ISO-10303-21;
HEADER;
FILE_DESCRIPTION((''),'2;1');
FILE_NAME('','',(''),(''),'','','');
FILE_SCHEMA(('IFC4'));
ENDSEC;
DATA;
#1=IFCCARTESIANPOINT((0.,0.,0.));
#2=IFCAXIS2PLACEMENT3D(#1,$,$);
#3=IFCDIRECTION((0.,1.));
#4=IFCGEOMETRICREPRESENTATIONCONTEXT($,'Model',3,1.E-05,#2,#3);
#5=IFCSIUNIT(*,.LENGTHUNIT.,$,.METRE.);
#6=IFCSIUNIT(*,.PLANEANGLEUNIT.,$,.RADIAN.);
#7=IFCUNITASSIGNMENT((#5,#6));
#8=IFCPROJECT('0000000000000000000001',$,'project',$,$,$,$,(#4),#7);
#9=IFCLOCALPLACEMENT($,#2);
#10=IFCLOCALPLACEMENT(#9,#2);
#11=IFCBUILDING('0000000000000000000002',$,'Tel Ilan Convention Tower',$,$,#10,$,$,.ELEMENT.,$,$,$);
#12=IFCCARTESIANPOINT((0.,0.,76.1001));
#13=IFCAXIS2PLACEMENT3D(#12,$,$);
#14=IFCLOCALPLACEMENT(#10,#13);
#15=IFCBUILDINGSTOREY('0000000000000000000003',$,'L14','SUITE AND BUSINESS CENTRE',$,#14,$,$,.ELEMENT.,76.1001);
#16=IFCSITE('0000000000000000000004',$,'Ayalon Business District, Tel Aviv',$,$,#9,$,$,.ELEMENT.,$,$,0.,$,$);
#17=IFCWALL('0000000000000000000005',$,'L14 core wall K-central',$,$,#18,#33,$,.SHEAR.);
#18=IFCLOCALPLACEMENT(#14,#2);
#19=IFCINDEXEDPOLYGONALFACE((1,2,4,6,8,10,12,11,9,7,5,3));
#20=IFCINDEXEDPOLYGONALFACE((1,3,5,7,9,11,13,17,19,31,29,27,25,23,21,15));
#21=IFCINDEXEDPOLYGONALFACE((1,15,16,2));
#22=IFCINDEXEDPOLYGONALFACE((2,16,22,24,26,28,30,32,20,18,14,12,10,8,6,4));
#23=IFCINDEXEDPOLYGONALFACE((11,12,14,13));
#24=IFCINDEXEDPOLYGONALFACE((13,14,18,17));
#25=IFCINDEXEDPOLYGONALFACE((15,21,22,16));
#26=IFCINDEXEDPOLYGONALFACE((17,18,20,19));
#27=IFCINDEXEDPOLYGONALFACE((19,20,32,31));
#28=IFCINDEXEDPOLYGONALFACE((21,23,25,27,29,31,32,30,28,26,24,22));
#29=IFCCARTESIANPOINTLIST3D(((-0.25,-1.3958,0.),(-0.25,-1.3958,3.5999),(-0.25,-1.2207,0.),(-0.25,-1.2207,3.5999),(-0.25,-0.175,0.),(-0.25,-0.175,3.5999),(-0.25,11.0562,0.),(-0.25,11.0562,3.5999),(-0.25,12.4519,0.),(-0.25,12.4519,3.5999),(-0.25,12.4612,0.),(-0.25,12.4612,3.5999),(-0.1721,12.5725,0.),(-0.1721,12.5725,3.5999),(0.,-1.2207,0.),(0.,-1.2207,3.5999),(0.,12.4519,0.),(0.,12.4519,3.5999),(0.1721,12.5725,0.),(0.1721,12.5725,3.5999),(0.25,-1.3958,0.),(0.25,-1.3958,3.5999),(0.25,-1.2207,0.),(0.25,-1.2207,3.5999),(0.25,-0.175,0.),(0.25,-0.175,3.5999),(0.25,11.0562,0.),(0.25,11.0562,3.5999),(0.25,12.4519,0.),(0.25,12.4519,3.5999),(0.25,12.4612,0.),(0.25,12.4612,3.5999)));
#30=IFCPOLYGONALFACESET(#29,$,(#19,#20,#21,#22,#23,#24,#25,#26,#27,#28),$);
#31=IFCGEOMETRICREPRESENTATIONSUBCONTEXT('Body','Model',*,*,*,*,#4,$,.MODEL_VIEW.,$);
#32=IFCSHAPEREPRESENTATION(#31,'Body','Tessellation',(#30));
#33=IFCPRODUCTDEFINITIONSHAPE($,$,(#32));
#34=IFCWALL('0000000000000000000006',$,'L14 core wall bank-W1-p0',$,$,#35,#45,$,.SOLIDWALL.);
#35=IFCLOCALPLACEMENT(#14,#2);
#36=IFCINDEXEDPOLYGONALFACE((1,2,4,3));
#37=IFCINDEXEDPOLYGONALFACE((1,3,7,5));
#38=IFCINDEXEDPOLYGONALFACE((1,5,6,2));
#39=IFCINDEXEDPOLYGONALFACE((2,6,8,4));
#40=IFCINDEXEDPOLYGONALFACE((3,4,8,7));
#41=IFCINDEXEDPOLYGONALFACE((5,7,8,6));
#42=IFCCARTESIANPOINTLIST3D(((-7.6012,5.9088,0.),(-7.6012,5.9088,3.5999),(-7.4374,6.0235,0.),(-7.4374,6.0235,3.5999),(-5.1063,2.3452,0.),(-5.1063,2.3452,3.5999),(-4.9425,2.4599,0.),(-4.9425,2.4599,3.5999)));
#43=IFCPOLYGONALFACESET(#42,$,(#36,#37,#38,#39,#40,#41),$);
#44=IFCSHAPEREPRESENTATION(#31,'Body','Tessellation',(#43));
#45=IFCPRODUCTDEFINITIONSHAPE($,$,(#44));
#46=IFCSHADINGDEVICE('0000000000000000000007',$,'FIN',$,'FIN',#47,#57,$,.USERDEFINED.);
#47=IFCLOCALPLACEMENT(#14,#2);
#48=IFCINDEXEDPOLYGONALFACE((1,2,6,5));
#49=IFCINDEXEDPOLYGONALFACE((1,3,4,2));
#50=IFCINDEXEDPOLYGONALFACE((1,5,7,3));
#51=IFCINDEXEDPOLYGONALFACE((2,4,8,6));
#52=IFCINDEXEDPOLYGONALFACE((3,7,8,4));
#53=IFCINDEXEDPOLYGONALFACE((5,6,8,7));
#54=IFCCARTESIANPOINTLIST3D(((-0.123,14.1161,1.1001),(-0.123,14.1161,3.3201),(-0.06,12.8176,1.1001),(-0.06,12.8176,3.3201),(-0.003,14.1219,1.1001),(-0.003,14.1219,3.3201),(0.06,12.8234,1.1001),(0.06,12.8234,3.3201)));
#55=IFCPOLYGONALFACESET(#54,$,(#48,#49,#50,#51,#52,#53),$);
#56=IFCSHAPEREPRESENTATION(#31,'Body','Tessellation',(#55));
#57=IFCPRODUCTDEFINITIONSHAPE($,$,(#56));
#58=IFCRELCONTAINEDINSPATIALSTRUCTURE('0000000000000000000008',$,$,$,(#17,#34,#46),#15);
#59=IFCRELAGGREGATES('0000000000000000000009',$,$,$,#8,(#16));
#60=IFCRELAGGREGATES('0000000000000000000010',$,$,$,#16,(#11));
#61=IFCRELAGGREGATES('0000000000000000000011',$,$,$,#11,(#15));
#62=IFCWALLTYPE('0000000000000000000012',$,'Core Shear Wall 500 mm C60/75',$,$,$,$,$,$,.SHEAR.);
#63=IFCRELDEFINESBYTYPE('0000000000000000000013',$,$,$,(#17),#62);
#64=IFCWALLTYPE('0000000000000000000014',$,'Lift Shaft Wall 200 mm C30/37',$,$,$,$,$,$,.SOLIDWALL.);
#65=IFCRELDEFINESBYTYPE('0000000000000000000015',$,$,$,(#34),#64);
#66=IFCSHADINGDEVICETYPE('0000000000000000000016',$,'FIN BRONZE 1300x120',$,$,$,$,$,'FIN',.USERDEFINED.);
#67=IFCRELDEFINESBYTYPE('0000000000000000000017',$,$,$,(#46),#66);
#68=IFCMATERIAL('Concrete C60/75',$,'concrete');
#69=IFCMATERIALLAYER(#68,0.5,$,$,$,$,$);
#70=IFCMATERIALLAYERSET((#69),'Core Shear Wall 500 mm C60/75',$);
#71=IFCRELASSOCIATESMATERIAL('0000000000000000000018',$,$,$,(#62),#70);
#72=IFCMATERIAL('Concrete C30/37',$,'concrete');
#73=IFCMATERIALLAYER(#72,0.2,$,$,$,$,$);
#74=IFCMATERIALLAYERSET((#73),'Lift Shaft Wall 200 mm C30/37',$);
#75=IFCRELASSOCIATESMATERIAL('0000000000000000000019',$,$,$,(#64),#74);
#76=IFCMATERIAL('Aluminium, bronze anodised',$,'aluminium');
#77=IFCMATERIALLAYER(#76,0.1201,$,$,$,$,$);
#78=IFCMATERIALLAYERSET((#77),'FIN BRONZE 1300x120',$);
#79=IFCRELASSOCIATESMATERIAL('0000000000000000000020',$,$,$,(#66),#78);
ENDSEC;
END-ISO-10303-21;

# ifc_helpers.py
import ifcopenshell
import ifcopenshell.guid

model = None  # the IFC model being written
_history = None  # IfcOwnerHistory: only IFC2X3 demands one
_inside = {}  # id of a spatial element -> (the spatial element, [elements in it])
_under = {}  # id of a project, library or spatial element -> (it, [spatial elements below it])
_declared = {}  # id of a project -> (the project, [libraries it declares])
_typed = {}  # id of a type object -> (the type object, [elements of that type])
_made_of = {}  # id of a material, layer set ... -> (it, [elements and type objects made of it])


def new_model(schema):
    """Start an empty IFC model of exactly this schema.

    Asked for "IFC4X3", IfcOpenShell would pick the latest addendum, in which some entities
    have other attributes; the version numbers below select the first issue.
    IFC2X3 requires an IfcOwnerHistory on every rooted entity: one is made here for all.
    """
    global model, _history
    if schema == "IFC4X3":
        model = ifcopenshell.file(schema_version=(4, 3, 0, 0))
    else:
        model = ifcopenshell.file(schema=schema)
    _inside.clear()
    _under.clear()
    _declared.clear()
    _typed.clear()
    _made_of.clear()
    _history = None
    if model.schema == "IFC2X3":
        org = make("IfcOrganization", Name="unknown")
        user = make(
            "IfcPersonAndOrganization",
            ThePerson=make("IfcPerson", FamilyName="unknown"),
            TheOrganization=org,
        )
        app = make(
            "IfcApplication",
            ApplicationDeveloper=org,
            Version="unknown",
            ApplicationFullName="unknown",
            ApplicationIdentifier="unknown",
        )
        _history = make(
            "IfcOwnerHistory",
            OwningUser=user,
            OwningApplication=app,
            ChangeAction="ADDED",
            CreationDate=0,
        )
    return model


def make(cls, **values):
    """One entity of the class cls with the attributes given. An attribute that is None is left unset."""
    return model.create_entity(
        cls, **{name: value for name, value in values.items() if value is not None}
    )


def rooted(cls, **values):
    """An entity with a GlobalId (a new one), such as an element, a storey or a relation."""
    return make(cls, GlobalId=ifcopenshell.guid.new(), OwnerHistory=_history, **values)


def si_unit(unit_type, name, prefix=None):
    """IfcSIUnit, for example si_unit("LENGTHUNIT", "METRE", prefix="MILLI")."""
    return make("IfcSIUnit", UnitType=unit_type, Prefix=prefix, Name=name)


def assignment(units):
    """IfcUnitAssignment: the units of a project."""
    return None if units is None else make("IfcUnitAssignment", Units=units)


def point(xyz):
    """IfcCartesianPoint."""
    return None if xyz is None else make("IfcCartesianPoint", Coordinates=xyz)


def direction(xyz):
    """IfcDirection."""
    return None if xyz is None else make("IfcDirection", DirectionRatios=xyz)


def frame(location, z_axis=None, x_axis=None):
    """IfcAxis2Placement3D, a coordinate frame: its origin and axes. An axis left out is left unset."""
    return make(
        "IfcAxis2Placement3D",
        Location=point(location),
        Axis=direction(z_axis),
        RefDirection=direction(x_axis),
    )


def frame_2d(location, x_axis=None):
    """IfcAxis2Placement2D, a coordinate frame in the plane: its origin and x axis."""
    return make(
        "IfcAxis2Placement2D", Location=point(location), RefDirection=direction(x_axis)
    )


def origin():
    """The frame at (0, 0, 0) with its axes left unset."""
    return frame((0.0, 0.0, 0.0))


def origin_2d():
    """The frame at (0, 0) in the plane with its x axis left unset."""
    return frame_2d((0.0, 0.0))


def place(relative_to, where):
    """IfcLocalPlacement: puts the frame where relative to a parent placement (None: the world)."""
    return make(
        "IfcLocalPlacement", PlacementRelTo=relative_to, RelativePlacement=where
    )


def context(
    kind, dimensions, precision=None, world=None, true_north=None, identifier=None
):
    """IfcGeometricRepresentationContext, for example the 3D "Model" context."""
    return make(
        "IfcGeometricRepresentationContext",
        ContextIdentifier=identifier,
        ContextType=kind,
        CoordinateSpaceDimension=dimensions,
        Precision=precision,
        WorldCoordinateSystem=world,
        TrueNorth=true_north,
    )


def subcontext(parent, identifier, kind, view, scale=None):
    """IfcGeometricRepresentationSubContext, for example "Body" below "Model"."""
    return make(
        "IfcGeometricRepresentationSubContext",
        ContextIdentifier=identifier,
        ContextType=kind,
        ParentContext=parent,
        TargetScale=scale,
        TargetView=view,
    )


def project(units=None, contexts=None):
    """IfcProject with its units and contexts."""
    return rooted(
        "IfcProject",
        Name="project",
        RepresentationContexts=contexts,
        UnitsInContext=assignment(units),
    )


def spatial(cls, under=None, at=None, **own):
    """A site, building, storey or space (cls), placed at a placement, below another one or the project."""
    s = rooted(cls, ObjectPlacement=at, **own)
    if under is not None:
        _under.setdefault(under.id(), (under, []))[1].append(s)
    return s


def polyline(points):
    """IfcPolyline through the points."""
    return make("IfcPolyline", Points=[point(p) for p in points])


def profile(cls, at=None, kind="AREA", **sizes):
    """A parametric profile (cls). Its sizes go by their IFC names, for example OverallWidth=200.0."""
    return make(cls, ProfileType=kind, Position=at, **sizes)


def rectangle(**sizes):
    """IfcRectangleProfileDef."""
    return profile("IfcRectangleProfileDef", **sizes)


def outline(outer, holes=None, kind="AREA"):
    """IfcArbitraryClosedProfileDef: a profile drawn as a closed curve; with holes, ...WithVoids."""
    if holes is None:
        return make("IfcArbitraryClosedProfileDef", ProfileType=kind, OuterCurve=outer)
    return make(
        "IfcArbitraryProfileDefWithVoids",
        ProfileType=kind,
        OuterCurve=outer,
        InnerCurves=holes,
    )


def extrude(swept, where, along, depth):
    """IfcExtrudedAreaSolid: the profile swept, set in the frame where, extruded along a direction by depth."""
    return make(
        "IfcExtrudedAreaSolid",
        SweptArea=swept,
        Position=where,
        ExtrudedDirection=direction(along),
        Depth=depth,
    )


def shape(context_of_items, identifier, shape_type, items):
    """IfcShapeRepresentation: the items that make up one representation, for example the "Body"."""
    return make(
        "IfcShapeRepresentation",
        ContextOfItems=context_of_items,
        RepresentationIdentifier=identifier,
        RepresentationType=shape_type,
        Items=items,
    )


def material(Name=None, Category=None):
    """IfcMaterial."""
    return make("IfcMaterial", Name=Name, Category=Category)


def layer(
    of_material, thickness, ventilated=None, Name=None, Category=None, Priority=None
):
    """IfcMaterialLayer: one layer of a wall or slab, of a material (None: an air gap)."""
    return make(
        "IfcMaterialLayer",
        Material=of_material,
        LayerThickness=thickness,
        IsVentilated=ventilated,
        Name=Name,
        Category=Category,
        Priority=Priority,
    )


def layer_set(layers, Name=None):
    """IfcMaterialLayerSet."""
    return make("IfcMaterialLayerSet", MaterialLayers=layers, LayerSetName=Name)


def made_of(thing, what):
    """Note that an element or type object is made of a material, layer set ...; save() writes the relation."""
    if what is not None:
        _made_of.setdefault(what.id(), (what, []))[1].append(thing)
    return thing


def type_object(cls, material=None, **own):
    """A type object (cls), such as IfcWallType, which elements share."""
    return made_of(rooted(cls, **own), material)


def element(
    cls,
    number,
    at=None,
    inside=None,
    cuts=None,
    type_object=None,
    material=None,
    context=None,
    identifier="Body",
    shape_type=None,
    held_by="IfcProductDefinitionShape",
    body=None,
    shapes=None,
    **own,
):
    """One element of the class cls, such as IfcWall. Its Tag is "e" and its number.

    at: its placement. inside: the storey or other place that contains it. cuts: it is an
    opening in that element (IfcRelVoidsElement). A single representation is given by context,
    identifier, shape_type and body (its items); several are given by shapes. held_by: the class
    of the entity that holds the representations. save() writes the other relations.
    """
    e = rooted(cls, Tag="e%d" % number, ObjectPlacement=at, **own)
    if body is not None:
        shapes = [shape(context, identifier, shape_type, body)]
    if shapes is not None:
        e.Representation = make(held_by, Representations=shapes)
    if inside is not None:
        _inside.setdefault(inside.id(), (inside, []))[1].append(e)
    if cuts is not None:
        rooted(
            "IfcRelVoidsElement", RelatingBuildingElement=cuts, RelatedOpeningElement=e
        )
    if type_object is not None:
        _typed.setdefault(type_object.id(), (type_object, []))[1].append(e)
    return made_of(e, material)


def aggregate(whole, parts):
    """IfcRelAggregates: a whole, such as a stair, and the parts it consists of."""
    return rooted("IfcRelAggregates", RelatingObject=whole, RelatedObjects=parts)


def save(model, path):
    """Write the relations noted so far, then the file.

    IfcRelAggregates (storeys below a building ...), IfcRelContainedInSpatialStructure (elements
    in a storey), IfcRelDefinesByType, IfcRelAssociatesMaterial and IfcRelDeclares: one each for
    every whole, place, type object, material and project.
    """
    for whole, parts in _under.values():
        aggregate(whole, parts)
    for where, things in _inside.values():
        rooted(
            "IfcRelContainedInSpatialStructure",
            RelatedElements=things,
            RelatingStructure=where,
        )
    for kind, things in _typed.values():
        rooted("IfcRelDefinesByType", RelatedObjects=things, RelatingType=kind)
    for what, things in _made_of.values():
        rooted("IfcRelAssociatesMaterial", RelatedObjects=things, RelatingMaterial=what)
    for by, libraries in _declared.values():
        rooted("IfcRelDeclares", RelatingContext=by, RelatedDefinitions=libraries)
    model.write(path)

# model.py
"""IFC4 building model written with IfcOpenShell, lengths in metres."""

from ifc_helpers import new_model, si_unit, direction, frame, frame_2d, origin, origin_2d, place, context, subcontext, project, spatial, polyline, rectangle, outline, extrude, material, layer, layer_set, type_object, element, save


model = new_model("IFC4")

# Units and contexts
model_context = context("Model", 3, precision=1e-05, world=origin(), true_north=direction((0.0, 1.0)))
body_context = subcontext(model_context, "Body", "Model", "MODEL_VIEW")
ifc_project = project(units=[si_unit("LENGTHUNIT", "METRE"), si_unit("PLANEANGLEUNIT", "RADIAN")], contexts=[model_context])

# Site, building, storey
site_placement = place(None, origin())
site = spatial("IfcSite", under=ifc_project, at=site_placement, Name="Ayalon Business District, Tel Aviv", CompositionType="ELEMENT", RefElevation=0.0)
building_placement = place(site_placement, origin())
building = spatial("IfcBuilding", under=site, at=building_placement, Name="Tel Ilan Convention Tower", CompositionType="ELEMENT")
storey_placement = place(building_placement, frame((0.0, 0.0, 76.1001)))
storey = spatial("IfcBuildingStorey", under=building, at=storey_placement, Name="L14", Description="SUITE AND BUSINESS CENTRE", CompositionType="ELEMENT", Elevation=76.1001)

# Shared definitions
ifc_material_1 = material(Name="Concrete C60/75", Category="concrete")
ifc_layer_1 = layer(ifc_material_1, 0.5)
ifc_layer_set_1 = layer_set([ifc_layer_1], Name="Core Shear Wall 500 mm C60/75")
wall_type_1 = type_object("IfcWallType", Name="Core Shear Wall 500 mm C60/75", PredefinedType="SHEAR", material=ifc_layer_set_1)

# Walls
wall_1_placement = place(storey_placement, frame((0.0, -1.3958, 0.0), z_axis=(0.0, 0.0, 1.0), x_axis=(0.0, 1.0, 0.0)))
element("IfcWall", 1, at=wall_1_placement, inside=storey, type_object=wall_type_1, Name="L14 core wall K-central", PredefinedType="SHEAR", context=body_context, shape_type="SweptSolid", body=[
    extrude(outline(polyline([(0.0, -0.25), (0.175, -0.25), (1.2207, -0.25), (12.4519, -0.25), (13.8477, -0.25), (13.8569, -0.25), (13.9683, -0.1721), (13.8477, 0.0), (13.9683, 0.1721), (13.8569, 0.25), (13.8477, 0.25), (12.4519, 0.25), (1.2207, 0.25), (0.175, 0.25), (0.0, 0.25), (0.175, 0.0), (0.0, -0.25)])), origin(), (0.0, 0.0, 1.0), 3.5999),
])
ifc_material_2 = material(Name="Concrete C30/37", Category="concrete")
ifc_layer_2 = layer(ifc_material_2, 0.2)
ifc_layer_set_2 = layer_set([ifc_layer_2], Name="Lift Shaft Wall 200 mm C30/37")
wall_type_2 = type_object("IfcWallType", Name="Lift Shaft Wall 200 mm C30/37", PredefinedType="SOLIDWALL", material=ifc_layer_set_2)
wall_2_placement = place(storey_placement, frame((-5.0244, 2.4026, 0.0), z_axis=(0.0, 0.0, 1.0), x_axis=(-0.57353, 0.819184, 0.0)))
element("IfcWall", 2, at=wall_2_placement, inside=storey, type_object=wall_type_2, Name="L14 core wall bank-W1-p0", PredefinedType="SOLIDWALL", context=body_context, shape_type="SweptSolid", body=[
    extrude(rectangle(XDim=4.3501, YDim=0.2, at=frame_2d((2.175, 0.0))), origin(), (0.0, 0.0, 1.0), 3.5999),
])

# Shading device
ifc_material_3 = material(Name="Aluminium, bronze anodised", Category="aluminium")
ifc_layer_3 = layer(ifc_material_3, 0.1201)
ifc_layer_set_3 = layer_set([ifc_layer_3], Name="FIN BRONZE 1300x120")
shading_device_type = type_object("IfcShadingDeviceType", Name="FIN BRONZE 1300x120", ElementType="FIN", PredefinedType="USERDEFINED", material=ifc_layer_set_3)
shading_device_placement = place(storey_placement, frame((-0.0315, 13.4697, 1.1001), z_axis=(0.0, 0.0, 1.0), x_axis=(-0.048462, 0.998825, 0.0)))
element("IfcShadingDevice", 3, at=shading_device_placement, inside=storey, type_object=shading_device_type, Name="FIN", ObjectType="FIN", PredefinedType="USERDEFINED", context=body_context, shape_type="SweptSolid", body=[
    extrude(rectangle(XDim=1.3, YDim=0.1201, at=origin_2d()), origin(), (0.0, 0.0, 1.0), 2.22),
])

save(model, "model.ifc")
